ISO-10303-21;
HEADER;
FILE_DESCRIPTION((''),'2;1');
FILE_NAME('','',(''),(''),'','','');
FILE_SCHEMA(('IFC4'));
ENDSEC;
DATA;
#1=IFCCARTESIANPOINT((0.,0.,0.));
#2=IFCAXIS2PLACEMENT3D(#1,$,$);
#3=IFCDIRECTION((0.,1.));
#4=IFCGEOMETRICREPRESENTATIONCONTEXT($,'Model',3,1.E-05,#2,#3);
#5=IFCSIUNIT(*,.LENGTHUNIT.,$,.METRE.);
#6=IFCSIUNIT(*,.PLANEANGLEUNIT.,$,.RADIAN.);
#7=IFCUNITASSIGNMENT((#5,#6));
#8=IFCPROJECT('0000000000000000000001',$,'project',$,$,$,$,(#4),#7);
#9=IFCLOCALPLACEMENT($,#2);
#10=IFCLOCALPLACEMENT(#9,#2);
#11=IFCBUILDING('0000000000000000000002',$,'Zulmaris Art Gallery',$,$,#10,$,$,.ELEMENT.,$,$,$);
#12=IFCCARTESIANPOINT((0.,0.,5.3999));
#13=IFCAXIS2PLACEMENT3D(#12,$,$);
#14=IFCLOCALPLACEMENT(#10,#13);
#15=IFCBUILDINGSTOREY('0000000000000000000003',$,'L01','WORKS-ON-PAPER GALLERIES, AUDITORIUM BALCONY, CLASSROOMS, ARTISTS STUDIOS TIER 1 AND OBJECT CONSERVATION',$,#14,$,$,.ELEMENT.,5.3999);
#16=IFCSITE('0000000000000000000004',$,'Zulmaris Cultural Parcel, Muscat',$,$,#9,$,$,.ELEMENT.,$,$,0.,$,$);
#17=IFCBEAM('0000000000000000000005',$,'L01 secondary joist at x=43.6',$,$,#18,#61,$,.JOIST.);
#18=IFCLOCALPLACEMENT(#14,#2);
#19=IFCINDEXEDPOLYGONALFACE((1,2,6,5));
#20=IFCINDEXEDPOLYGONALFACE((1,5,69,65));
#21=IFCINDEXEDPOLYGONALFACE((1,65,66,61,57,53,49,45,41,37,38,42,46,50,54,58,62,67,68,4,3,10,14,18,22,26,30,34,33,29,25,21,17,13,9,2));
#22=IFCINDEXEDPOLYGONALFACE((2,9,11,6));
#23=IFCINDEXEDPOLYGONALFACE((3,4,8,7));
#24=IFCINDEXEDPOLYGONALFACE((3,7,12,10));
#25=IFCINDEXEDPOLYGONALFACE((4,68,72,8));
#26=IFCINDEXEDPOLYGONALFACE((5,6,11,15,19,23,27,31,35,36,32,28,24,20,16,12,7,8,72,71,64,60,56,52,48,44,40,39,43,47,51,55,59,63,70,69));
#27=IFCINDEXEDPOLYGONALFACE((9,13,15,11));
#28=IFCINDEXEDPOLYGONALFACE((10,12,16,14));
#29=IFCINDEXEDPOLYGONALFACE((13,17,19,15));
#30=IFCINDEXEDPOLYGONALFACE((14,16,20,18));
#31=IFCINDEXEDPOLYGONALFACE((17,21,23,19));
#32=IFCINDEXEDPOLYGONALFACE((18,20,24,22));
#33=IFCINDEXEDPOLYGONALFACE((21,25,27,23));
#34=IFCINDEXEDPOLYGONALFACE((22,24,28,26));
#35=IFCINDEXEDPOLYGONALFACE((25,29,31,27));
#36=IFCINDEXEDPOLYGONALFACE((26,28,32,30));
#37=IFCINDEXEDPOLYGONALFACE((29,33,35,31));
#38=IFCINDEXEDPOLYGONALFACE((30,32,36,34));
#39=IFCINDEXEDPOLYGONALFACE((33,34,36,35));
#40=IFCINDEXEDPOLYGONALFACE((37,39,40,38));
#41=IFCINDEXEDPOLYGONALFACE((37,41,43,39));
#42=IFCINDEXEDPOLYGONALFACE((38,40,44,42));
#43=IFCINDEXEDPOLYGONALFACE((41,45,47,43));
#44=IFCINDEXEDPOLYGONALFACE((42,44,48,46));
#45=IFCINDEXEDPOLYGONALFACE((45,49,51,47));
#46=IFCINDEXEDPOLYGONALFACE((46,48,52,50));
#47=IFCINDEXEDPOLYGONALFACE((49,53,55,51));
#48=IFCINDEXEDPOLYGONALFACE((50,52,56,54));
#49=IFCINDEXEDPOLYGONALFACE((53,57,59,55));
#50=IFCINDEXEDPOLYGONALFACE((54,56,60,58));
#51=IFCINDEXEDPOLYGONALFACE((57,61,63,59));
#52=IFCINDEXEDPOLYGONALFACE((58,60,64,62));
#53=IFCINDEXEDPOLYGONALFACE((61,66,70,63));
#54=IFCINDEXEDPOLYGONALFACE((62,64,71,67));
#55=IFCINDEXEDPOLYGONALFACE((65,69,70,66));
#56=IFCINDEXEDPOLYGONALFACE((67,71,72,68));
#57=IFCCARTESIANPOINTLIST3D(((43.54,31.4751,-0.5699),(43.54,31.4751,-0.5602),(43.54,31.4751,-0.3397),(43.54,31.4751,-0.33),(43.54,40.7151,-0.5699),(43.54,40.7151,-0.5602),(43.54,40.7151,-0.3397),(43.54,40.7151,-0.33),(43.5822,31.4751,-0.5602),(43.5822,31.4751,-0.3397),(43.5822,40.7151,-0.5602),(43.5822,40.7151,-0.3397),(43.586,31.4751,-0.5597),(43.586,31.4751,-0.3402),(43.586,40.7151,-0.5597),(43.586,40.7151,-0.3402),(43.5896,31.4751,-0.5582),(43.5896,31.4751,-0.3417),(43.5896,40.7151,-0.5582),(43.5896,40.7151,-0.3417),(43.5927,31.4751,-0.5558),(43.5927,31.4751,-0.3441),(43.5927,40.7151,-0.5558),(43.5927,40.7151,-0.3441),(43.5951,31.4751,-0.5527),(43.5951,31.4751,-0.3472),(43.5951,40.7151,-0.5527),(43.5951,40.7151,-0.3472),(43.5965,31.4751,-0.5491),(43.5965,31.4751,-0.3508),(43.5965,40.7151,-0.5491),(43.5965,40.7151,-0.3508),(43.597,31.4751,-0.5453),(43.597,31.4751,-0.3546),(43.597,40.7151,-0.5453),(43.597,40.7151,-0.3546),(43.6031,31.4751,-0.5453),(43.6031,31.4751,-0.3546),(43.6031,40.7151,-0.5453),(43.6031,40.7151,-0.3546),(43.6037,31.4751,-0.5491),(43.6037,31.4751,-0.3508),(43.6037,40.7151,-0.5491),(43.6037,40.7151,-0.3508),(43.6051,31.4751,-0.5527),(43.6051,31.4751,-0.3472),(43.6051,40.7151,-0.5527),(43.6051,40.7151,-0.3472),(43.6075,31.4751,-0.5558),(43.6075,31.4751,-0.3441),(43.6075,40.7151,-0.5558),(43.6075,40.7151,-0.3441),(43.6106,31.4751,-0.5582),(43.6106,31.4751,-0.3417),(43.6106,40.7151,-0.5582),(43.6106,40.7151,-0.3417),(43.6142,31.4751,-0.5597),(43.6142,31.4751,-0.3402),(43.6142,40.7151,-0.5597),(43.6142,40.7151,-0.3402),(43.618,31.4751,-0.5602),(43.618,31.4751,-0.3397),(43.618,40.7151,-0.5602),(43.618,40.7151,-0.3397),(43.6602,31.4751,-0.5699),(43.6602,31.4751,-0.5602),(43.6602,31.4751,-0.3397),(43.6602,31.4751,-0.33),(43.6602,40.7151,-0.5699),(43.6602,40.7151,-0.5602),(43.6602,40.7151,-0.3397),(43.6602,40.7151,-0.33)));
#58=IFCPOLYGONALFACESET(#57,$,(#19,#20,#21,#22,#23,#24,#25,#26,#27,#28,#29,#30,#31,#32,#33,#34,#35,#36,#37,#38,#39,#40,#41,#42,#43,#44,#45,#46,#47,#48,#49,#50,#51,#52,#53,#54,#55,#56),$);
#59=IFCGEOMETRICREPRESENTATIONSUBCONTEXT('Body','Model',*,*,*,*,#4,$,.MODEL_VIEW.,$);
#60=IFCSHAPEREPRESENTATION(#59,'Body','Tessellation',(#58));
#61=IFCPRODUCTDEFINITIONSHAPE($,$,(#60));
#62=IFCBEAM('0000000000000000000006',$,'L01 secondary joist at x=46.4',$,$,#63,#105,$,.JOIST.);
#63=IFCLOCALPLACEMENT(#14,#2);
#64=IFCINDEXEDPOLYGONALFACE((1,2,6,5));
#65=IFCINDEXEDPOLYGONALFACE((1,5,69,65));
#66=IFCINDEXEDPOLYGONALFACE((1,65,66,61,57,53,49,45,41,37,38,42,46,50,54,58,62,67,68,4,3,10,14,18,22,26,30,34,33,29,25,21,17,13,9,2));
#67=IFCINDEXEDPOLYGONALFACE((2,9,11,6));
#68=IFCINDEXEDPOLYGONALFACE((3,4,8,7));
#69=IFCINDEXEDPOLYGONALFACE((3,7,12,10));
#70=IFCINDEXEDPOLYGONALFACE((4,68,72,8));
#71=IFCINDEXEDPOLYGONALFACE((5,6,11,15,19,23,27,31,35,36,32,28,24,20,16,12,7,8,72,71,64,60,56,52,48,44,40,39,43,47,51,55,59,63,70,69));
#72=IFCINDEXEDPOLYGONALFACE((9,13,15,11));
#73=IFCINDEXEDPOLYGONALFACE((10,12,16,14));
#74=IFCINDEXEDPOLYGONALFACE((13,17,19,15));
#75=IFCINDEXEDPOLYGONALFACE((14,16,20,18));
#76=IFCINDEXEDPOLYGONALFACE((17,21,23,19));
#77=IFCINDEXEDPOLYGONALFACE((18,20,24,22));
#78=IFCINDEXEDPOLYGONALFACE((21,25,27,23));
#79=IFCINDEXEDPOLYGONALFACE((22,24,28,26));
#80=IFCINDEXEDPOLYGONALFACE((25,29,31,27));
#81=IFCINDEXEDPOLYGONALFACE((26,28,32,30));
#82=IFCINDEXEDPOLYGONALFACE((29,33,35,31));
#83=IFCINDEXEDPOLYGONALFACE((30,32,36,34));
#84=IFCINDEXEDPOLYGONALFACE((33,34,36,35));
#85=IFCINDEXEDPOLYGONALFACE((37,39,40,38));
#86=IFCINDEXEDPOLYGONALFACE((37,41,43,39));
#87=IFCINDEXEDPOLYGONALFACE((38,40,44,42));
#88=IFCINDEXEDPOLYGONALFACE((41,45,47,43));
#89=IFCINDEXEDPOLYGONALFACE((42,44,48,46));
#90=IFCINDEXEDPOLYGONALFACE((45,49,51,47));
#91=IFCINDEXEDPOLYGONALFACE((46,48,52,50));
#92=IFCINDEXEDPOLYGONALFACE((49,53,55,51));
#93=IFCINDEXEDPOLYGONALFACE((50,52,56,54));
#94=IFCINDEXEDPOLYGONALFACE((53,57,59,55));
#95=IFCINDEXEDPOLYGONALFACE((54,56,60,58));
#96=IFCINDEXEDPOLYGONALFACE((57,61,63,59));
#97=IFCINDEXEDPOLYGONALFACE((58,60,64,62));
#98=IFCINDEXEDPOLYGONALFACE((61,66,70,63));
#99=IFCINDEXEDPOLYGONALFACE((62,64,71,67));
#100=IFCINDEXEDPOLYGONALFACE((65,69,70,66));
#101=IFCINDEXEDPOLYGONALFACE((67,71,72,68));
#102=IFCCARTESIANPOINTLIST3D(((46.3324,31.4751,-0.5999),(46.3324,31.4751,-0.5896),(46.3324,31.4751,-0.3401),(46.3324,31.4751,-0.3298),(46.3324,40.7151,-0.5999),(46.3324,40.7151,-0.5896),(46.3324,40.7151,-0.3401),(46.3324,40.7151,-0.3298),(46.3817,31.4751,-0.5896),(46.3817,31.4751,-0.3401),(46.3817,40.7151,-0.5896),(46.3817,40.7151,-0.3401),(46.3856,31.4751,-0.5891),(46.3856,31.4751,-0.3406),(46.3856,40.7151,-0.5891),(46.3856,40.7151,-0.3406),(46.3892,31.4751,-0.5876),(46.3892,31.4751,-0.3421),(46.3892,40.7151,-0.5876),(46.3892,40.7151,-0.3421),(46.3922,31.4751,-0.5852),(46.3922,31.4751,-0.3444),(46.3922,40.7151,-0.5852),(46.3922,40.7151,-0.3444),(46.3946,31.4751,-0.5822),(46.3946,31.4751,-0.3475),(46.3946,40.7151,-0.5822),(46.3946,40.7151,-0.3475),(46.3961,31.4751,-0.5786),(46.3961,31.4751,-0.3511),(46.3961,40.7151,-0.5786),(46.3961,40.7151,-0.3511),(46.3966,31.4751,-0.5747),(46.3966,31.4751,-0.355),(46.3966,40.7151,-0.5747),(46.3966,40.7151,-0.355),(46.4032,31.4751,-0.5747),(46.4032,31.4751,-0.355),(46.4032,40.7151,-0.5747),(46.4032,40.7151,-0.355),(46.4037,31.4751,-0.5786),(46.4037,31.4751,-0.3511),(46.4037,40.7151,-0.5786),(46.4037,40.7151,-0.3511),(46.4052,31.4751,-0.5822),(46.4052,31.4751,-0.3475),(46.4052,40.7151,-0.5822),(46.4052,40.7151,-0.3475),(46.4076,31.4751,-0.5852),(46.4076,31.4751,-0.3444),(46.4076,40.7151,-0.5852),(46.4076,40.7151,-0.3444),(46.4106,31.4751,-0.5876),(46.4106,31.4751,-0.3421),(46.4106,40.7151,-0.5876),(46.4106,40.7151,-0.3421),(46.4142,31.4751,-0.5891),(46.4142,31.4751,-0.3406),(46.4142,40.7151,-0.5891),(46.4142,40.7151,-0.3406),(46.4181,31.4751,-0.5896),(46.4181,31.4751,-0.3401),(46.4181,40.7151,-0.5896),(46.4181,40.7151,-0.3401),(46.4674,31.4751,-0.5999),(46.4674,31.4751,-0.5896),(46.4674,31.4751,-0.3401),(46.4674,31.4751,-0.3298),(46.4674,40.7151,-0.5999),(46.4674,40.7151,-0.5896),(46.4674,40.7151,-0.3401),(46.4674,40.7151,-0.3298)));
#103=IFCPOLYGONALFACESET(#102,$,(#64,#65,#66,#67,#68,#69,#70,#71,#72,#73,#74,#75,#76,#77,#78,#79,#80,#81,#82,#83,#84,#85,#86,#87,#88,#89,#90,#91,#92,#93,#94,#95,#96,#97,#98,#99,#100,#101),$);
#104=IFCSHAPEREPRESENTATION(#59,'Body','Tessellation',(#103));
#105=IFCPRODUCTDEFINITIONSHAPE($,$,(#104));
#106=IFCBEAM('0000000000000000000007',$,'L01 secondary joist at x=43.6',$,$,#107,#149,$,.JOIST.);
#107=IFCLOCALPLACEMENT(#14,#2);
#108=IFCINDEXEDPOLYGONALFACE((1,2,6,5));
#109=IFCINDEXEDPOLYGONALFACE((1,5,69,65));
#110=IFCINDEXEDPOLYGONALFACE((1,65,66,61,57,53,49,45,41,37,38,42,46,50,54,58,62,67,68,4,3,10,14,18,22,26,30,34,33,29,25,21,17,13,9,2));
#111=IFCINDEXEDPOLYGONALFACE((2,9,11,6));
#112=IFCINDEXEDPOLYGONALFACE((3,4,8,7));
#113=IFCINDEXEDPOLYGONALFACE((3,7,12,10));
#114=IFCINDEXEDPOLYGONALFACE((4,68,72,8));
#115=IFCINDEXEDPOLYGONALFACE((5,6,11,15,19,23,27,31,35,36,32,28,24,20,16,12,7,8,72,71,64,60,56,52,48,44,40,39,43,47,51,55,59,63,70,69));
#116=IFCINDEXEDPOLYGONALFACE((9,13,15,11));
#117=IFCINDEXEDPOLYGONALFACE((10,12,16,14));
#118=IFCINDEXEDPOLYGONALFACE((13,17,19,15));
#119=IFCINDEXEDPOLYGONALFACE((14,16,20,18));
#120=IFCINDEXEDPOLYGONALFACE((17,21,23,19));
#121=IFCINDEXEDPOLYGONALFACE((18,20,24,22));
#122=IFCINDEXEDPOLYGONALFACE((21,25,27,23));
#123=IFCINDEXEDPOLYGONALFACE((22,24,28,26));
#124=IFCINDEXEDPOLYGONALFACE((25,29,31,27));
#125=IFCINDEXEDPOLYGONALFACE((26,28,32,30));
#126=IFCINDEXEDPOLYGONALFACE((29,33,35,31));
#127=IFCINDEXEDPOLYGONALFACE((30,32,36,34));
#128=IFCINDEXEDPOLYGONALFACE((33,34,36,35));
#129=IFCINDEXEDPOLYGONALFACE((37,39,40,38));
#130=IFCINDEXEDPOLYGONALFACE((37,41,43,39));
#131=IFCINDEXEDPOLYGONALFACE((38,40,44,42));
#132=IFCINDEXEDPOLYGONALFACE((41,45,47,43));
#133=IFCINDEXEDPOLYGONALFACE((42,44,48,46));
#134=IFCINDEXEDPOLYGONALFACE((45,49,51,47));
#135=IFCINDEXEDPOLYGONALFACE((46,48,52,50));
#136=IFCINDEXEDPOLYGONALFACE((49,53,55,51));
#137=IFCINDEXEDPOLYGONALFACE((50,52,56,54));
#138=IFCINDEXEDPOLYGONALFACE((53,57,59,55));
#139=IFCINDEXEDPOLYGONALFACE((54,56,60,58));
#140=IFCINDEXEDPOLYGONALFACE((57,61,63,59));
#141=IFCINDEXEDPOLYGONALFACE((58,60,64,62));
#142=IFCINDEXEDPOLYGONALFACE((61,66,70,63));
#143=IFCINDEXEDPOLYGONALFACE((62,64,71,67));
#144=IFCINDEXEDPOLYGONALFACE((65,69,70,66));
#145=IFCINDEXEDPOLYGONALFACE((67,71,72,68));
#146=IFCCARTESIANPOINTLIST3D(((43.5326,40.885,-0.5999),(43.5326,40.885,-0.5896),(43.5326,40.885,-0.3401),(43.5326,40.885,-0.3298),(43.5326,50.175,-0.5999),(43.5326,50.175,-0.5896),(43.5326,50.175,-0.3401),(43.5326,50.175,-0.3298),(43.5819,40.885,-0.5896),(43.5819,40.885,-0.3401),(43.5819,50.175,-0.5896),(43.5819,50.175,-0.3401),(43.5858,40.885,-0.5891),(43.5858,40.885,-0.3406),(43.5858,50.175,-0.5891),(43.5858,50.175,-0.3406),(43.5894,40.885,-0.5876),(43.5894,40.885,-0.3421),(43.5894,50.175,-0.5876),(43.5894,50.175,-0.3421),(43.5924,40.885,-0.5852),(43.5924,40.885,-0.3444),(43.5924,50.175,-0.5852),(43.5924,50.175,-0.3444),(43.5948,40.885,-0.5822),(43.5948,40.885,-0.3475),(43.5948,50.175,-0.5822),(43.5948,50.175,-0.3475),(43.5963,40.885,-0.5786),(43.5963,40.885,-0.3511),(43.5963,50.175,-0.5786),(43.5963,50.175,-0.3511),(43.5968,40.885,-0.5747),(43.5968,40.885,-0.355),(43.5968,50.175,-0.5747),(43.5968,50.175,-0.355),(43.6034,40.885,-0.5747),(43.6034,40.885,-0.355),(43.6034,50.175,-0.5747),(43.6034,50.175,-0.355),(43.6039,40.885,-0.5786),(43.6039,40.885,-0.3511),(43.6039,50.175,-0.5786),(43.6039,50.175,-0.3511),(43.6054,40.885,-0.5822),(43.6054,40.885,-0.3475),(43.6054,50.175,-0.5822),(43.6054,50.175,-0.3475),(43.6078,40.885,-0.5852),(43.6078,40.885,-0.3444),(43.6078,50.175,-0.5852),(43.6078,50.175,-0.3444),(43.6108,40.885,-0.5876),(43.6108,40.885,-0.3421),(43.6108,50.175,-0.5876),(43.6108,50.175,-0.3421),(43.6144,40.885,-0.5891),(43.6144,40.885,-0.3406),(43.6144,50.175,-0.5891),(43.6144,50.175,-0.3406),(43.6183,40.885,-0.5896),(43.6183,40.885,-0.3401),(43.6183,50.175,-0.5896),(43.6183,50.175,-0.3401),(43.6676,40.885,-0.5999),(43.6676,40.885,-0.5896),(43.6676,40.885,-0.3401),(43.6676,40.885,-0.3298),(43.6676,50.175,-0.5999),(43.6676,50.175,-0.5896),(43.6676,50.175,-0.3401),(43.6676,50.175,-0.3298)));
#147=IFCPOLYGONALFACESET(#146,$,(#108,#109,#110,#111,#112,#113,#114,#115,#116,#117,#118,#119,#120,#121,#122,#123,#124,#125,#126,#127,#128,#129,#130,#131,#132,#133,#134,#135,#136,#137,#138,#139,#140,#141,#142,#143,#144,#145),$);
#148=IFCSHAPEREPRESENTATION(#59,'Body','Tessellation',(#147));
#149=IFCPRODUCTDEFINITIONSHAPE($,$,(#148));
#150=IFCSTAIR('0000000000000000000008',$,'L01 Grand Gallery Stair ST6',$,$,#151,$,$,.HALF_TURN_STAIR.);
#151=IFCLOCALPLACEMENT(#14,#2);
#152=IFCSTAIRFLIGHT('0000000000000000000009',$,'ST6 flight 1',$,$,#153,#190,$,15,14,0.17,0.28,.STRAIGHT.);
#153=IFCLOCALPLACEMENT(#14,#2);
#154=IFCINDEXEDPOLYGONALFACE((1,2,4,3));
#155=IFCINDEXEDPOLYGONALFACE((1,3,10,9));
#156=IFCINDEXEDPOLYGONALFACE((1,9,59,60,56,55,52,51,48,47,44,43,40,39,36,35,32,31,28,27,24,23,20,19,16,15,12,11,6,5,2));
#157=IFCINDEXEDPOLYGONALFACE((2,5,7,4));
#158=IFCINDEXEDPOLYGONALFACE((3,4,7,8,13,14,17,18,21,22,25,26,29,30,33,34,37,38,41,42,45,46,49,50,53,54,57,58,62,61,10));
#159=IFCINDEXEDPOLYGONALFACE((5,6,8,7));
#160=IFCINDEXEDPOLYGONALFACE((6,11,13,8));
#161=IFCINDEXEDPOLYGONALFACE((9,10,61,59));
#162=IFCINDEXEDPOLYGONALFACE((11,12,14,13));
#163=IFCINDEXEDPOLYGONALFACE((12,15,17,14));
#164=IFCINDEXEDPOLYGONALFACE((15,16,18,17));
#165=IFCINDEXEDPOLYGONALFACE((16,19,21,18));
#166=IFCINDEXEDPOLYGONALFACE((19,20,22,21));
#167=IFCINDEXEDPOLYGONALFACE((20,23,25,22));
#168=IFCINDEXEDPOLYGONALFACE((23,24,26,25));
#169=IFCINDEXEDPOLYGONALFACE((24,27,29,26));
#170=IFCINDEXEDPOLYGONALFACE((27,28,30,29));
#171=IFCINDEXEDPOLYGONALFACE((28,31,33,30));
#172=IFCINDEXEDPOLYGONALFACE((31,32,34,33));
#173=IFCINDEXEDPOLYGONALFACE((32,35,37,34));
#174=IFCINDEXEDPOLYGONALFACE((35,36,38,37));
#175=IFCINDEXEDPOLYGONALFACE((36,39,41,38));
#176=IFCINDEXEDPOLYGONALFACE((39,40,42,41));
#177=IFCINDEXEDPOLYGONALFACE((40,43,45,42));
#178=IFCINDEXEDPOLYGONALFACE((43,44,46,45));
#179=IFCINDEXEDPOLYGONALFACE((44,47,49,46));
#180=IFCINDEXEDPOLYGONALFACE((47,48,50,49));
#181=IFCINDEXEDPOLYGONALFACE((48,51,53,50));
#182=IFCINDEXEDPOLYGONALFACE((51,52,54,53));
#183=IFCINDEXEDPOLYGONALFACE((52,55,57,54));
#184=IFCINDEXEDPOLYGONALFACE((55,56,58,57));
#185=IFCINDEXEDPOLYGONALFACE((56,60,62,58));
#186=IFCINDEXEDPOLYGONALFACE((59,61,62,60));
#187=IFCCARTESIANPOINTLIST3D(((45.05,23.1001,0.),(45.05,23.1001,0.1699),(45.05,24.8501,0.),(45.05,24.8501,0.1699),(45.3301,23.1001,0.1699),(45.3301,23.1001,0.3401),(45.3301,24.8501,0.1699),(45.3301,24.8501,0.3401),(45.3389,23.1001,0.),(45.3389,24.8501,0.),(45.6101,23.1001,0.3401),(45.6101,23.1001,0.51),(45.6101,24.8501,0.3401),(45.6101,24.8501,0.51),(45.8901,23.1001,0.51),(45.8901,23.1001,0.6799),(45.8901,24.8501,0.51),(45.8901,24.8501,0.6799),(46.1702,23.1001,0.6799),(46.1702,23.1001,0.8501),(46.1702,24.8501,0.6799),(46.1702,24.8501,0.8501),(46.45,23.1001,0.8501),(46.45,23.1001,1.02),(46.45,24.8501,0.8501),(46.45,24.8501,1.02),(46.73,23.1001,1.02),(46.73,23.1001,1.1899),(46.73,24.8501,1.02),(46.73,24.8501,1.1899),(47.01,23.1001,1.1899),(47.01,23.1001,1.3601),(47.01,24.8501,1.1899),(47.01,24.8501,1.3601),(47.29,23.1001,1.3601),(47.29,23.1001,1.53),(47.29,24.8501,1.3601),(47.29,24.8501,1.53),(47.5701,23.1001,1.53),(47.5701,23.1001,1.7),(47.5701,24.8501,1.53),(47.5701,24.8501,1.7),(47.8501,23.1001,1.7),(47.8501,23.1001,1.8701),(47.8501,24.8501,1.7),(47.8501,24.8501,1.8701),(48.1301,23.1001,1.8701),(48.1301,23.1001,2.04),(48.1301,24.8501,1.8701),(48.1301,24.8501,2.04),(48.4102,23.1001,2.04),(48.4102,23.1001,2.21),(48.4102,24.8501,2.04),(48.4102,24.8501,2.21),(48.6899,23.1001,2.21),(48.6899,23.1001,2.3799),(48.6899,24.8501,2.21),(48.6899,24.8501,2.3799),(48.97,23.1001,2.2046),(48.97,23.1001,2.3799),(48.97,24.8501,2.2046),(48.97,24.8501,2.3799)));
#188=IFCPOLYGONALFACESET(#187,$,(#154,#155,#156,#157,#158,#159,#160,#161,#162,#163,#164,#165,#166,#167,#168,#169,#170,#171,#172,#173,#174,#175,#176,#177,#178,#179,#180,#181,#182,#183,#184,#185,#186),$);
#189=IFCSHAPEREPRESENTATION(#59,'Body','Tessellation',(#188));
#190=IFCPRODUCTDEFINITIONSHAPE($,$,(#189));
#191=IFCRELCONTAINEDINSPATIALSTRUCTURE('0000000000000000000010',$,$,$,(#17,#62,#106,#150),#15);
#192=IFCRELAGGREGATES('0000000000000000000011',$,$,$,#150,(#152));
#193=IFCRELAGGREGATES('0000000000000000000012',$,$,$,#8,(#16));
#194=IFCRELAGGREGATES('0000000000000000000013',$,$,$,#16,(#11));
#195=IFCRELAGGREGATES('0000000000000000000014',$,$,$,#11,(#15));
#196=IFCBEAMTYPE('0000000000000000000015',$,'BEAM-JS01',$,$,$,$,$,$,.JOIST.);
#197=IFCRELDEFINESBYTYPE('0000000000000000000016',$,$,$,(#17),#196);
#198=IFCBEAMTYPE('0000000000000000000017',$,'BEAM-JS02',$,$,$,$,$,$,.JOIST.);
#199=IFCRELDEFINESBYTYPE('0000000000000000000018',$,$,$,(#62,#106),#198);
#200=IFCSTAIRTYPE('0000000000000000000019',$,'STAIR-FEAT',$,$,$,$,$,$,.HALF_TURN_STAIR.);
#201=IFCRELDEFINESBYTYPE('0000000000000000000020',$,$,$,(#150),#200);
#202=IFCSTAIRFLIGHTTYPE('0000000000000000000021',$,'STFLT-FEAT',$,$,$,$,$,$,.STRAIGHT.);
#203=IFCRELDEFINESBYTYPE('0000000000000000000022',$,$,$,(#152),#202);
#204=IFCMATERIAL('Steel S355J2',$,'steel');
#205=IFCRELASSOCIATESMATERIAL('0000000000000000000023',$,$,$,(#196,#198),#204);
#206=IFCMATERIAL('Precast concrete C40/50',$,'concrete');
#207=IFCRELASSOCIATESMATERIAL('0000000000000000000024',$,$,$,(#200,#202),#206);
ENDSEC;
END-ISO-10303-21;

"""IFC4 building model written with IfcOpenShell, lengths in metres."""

from ifc_helpers import new_model, si_unit, direction, frame, origin, origin_2d, place, context, subcontext, project, spatial, polyline, i_section, outline, extrude, material, material_profile, profile_set, type_object, element, aggregate, save


model = new_model("IFC4")

# Units and contexts
model_context = context("Model", 3, precision=1e-05, world=origin(), true_north=direction((0.0, 1.0)))
body_context = subcontext(model_context, "Body", "Model", "MODEL_VIEW")
ifc_project = project(units=[si_unit("LENGTHUNIT", "METRE"), si_unit("PLANEANGLEUNIT", "RADIAN")], contexts=[model_context])

# Site, building, storey
site_placement = place(None, origin())
site = spatial("IfcSite", under=ifc_project, at=site_placement, Name="Zulmaris Cultural Parcel, Muscat", CompositionType="ELEMENT", RefElevation=0.0)
building_placement = place(site_placement, origin())
building = spatial("IfcBuilding", under=site, at=building_placement, Name="Zulmaris Art Gallery", CompositionType="ELEMENT")
storey_placement = place(building_placement, frame((0.0, 0.0, 5.3999)))
storey = spatial("IfcBuildingStorey", under=building, at=storey_placement, Name="L01", Description="WORKS-ON-PAPER GALLERIES, AUDITORIUM BALCONY, CLASSROOMS, ARTISTS STUDIOS TIER 1 AND OBJECT CONSERVATION", CompositionType="ELEMENT", Elevation=5.3999)

# Beams
ifc_material_1 = material(Name="Steel S355J2", Category="steel")
ifc_material_profile_1 = material_profile(ifc_material_1, i_section(OverallWidth=0.1201, OverallDepth=0.24, WebThickness=0.0061, FlangeThickness=0.0098, FilletRadius=0.0149, at=origin_2d()), Name="IPE 240")
ifc_profile_set_1 = profile_set([ifc_material_profile_1], Name="Steel S355J2")
beam_type_1 = type_object("IfcBeamType", Name="BEAM-JS01", PredefinedType="JOIST", material=ifc_profile_set_1)
beam_1_placement = place(storey_placement, frame((43.6001, 31.4751, -0.45), z_axis=(0.0, 1.0, 0.0), x_axis=(-1.0, 0.0, 0.0)))
element("IfcBeam", 1, at=beam_1_placement, inside=storey, type_object=beam_type_1, Name="L01 secondary joist at x=43.6", PredefinedType="JOIST", context=body_context, shape_type="SweptSolid", body=[
    extrude(i_section(OverallWidth=0.1201, OverallDepth=0.24, WebThickness=0.0061, FlangeThickness=0.0098, FilletRadius=0.0149, at=origin_2d()), origin(), (0.0, 0.0, 1.0), 9.24),
])
ifc_material_profile_2 = material_profile(ifc_material_1, i_section(OverallWidth=0.135, OverallDepth=0.27, WebThickness=0.0066, FlangeThickness=0.0103, FilletRadius=0.0149, at=origin_2d()), Name="IPE 270")
ifc_profile_set_2 = profile_set([ifc_material_profile_2], Name="Steel S355J2")
beam_type_2 = type_object("IfcBeamType", Name="BEAM-JS02", PredefinedType="JOIST", material=ifc_profile_set_2)
beam_2_placement = place(storey_placement, frame((46.3999, 31.4751, -0.4648), z_axis=(0.0, 1.0, 0.0), x_axis=(-1.0, 0.0, 0.0)))
element("IfcBeam", 2, at=beam_2_placement, inside=storey, type_object=beam_type_2, Name="L01 secondary joist at x=46.4", PredefinedType="JOIST", context=body_context, shape_type="SweptSolid", body=[
    extrude(i_section(OverallWidth=0.135, OverallDepth=0.27, WebThickness=0.0066, FlangeThickness=0.0103, FilletRadius=0.0149, at=origin_2d()), origin(), (0.0, 0.0, 1.0), 9.24),
])
beam_3_placement = place(storey_placement, frame((43.6001, 40.885, -0.4648), z_axis=(0.0, 1.0, 0.0), x_axis=(-1.0, 0.0, 0.0)))
element("IfcBeam", 3, at=beam_3_placement, inside=storey, type_object=beam_type_2, Name="L01 secondary joist at x=43.6", PredefinedType="JOIST", context=body_context, shape_type="SweptSolid", body=[
    extrude(i_section(OverallWidth=0.135, OverallDepth=0.27, WebThickness=0.0066, FlangeThickness=0.0103, FilletRadius=0.0149, at=origin_2d()), origin(), (0.0, 0.0, 1.0), 9.29),
])

# Stair, stair flight
ifc_material_2 = material(Name="Precast concrete C40/50", Category="concrete")
stair_type = type_object("IfcStairType", Name="STAIR-FEAT", PredefinedType="HALF_TURN_STAIR", material=ifc_material_2)
stair_placement = place(storey_placement, origin())
stair = element("IfcStair", 4, at=stair_placement, inside=storey, type_object=stair_type, Name="L01 Grand Gallery Stair ST6", PredefinedType="HALF_TURN_STAIR")
stair_flight_type = type_object("IfcStairFlightType", Name="STFLT-FEAT", PredefinedType="STRAIGHT", material=ifc_material_2)
stair_flight_1_placement = place(storey_placement, frame((45.05, 23.9751, 0.0), z_axis=(0.0, 0.0, 1.0), x_axis=(1.0, 0.0, 0.0)))
stair_flight_1 = element("IfcStairFlight", 5, at=stair_flight_1_placement, type_object=stair_flight_type, Name="ST6 flight 1", NumberOfRisers=15, NumberOfTreads=14, PredefinedType="STRAIGHT", RiserHeight=0.17, TreadLength=0.28, context=body_context, shape_type="SweptSolid", body=[
    extrude(outline(polyline([(0.0, 0.0), (0.0, 0.1699), (0.28, 0.1699), (0.28, 0.3401), (0.5601, 0.3401), (0.5601, 0.51), (0.8401, 0.51), (0.8401, 0.6799), (1.1201, 0.6799), (1.1201, 0.8501), (1.3999, 0.8501), (1.3999, 1.02), (1.6799, 1.02), (1.6799, 1.1899), (1.96, 1.1899), (1.96, 1.3601), (2.24, 1.3601), (2.24, 1.53), (2.52, 1.53), (2.52, 1.7), (2.8, 1.7), (2.8, 1.8701), (3.0801, 1.8701), (3.0801, 2.04), (3.3601, 2.04), (3.3601, 2.21), (3.6399, 2.21), (3.6399, 2.3799), (3.9199, 2.3799), (3.9199, 2.55), (3.9199, 2.2046), (0.2888, 0.0), (0.0, 0.0)])), frame((0.0, 0.875, 0.0), z_axis=(0.0, -1.0, 0.0), x_axis=(1.0, 0.0, 0.0)), (0.0, 0.0, 1.0), 1.75),
])
aggregate(stair, [stair_flight_1])

save(model, "model.ifc")
